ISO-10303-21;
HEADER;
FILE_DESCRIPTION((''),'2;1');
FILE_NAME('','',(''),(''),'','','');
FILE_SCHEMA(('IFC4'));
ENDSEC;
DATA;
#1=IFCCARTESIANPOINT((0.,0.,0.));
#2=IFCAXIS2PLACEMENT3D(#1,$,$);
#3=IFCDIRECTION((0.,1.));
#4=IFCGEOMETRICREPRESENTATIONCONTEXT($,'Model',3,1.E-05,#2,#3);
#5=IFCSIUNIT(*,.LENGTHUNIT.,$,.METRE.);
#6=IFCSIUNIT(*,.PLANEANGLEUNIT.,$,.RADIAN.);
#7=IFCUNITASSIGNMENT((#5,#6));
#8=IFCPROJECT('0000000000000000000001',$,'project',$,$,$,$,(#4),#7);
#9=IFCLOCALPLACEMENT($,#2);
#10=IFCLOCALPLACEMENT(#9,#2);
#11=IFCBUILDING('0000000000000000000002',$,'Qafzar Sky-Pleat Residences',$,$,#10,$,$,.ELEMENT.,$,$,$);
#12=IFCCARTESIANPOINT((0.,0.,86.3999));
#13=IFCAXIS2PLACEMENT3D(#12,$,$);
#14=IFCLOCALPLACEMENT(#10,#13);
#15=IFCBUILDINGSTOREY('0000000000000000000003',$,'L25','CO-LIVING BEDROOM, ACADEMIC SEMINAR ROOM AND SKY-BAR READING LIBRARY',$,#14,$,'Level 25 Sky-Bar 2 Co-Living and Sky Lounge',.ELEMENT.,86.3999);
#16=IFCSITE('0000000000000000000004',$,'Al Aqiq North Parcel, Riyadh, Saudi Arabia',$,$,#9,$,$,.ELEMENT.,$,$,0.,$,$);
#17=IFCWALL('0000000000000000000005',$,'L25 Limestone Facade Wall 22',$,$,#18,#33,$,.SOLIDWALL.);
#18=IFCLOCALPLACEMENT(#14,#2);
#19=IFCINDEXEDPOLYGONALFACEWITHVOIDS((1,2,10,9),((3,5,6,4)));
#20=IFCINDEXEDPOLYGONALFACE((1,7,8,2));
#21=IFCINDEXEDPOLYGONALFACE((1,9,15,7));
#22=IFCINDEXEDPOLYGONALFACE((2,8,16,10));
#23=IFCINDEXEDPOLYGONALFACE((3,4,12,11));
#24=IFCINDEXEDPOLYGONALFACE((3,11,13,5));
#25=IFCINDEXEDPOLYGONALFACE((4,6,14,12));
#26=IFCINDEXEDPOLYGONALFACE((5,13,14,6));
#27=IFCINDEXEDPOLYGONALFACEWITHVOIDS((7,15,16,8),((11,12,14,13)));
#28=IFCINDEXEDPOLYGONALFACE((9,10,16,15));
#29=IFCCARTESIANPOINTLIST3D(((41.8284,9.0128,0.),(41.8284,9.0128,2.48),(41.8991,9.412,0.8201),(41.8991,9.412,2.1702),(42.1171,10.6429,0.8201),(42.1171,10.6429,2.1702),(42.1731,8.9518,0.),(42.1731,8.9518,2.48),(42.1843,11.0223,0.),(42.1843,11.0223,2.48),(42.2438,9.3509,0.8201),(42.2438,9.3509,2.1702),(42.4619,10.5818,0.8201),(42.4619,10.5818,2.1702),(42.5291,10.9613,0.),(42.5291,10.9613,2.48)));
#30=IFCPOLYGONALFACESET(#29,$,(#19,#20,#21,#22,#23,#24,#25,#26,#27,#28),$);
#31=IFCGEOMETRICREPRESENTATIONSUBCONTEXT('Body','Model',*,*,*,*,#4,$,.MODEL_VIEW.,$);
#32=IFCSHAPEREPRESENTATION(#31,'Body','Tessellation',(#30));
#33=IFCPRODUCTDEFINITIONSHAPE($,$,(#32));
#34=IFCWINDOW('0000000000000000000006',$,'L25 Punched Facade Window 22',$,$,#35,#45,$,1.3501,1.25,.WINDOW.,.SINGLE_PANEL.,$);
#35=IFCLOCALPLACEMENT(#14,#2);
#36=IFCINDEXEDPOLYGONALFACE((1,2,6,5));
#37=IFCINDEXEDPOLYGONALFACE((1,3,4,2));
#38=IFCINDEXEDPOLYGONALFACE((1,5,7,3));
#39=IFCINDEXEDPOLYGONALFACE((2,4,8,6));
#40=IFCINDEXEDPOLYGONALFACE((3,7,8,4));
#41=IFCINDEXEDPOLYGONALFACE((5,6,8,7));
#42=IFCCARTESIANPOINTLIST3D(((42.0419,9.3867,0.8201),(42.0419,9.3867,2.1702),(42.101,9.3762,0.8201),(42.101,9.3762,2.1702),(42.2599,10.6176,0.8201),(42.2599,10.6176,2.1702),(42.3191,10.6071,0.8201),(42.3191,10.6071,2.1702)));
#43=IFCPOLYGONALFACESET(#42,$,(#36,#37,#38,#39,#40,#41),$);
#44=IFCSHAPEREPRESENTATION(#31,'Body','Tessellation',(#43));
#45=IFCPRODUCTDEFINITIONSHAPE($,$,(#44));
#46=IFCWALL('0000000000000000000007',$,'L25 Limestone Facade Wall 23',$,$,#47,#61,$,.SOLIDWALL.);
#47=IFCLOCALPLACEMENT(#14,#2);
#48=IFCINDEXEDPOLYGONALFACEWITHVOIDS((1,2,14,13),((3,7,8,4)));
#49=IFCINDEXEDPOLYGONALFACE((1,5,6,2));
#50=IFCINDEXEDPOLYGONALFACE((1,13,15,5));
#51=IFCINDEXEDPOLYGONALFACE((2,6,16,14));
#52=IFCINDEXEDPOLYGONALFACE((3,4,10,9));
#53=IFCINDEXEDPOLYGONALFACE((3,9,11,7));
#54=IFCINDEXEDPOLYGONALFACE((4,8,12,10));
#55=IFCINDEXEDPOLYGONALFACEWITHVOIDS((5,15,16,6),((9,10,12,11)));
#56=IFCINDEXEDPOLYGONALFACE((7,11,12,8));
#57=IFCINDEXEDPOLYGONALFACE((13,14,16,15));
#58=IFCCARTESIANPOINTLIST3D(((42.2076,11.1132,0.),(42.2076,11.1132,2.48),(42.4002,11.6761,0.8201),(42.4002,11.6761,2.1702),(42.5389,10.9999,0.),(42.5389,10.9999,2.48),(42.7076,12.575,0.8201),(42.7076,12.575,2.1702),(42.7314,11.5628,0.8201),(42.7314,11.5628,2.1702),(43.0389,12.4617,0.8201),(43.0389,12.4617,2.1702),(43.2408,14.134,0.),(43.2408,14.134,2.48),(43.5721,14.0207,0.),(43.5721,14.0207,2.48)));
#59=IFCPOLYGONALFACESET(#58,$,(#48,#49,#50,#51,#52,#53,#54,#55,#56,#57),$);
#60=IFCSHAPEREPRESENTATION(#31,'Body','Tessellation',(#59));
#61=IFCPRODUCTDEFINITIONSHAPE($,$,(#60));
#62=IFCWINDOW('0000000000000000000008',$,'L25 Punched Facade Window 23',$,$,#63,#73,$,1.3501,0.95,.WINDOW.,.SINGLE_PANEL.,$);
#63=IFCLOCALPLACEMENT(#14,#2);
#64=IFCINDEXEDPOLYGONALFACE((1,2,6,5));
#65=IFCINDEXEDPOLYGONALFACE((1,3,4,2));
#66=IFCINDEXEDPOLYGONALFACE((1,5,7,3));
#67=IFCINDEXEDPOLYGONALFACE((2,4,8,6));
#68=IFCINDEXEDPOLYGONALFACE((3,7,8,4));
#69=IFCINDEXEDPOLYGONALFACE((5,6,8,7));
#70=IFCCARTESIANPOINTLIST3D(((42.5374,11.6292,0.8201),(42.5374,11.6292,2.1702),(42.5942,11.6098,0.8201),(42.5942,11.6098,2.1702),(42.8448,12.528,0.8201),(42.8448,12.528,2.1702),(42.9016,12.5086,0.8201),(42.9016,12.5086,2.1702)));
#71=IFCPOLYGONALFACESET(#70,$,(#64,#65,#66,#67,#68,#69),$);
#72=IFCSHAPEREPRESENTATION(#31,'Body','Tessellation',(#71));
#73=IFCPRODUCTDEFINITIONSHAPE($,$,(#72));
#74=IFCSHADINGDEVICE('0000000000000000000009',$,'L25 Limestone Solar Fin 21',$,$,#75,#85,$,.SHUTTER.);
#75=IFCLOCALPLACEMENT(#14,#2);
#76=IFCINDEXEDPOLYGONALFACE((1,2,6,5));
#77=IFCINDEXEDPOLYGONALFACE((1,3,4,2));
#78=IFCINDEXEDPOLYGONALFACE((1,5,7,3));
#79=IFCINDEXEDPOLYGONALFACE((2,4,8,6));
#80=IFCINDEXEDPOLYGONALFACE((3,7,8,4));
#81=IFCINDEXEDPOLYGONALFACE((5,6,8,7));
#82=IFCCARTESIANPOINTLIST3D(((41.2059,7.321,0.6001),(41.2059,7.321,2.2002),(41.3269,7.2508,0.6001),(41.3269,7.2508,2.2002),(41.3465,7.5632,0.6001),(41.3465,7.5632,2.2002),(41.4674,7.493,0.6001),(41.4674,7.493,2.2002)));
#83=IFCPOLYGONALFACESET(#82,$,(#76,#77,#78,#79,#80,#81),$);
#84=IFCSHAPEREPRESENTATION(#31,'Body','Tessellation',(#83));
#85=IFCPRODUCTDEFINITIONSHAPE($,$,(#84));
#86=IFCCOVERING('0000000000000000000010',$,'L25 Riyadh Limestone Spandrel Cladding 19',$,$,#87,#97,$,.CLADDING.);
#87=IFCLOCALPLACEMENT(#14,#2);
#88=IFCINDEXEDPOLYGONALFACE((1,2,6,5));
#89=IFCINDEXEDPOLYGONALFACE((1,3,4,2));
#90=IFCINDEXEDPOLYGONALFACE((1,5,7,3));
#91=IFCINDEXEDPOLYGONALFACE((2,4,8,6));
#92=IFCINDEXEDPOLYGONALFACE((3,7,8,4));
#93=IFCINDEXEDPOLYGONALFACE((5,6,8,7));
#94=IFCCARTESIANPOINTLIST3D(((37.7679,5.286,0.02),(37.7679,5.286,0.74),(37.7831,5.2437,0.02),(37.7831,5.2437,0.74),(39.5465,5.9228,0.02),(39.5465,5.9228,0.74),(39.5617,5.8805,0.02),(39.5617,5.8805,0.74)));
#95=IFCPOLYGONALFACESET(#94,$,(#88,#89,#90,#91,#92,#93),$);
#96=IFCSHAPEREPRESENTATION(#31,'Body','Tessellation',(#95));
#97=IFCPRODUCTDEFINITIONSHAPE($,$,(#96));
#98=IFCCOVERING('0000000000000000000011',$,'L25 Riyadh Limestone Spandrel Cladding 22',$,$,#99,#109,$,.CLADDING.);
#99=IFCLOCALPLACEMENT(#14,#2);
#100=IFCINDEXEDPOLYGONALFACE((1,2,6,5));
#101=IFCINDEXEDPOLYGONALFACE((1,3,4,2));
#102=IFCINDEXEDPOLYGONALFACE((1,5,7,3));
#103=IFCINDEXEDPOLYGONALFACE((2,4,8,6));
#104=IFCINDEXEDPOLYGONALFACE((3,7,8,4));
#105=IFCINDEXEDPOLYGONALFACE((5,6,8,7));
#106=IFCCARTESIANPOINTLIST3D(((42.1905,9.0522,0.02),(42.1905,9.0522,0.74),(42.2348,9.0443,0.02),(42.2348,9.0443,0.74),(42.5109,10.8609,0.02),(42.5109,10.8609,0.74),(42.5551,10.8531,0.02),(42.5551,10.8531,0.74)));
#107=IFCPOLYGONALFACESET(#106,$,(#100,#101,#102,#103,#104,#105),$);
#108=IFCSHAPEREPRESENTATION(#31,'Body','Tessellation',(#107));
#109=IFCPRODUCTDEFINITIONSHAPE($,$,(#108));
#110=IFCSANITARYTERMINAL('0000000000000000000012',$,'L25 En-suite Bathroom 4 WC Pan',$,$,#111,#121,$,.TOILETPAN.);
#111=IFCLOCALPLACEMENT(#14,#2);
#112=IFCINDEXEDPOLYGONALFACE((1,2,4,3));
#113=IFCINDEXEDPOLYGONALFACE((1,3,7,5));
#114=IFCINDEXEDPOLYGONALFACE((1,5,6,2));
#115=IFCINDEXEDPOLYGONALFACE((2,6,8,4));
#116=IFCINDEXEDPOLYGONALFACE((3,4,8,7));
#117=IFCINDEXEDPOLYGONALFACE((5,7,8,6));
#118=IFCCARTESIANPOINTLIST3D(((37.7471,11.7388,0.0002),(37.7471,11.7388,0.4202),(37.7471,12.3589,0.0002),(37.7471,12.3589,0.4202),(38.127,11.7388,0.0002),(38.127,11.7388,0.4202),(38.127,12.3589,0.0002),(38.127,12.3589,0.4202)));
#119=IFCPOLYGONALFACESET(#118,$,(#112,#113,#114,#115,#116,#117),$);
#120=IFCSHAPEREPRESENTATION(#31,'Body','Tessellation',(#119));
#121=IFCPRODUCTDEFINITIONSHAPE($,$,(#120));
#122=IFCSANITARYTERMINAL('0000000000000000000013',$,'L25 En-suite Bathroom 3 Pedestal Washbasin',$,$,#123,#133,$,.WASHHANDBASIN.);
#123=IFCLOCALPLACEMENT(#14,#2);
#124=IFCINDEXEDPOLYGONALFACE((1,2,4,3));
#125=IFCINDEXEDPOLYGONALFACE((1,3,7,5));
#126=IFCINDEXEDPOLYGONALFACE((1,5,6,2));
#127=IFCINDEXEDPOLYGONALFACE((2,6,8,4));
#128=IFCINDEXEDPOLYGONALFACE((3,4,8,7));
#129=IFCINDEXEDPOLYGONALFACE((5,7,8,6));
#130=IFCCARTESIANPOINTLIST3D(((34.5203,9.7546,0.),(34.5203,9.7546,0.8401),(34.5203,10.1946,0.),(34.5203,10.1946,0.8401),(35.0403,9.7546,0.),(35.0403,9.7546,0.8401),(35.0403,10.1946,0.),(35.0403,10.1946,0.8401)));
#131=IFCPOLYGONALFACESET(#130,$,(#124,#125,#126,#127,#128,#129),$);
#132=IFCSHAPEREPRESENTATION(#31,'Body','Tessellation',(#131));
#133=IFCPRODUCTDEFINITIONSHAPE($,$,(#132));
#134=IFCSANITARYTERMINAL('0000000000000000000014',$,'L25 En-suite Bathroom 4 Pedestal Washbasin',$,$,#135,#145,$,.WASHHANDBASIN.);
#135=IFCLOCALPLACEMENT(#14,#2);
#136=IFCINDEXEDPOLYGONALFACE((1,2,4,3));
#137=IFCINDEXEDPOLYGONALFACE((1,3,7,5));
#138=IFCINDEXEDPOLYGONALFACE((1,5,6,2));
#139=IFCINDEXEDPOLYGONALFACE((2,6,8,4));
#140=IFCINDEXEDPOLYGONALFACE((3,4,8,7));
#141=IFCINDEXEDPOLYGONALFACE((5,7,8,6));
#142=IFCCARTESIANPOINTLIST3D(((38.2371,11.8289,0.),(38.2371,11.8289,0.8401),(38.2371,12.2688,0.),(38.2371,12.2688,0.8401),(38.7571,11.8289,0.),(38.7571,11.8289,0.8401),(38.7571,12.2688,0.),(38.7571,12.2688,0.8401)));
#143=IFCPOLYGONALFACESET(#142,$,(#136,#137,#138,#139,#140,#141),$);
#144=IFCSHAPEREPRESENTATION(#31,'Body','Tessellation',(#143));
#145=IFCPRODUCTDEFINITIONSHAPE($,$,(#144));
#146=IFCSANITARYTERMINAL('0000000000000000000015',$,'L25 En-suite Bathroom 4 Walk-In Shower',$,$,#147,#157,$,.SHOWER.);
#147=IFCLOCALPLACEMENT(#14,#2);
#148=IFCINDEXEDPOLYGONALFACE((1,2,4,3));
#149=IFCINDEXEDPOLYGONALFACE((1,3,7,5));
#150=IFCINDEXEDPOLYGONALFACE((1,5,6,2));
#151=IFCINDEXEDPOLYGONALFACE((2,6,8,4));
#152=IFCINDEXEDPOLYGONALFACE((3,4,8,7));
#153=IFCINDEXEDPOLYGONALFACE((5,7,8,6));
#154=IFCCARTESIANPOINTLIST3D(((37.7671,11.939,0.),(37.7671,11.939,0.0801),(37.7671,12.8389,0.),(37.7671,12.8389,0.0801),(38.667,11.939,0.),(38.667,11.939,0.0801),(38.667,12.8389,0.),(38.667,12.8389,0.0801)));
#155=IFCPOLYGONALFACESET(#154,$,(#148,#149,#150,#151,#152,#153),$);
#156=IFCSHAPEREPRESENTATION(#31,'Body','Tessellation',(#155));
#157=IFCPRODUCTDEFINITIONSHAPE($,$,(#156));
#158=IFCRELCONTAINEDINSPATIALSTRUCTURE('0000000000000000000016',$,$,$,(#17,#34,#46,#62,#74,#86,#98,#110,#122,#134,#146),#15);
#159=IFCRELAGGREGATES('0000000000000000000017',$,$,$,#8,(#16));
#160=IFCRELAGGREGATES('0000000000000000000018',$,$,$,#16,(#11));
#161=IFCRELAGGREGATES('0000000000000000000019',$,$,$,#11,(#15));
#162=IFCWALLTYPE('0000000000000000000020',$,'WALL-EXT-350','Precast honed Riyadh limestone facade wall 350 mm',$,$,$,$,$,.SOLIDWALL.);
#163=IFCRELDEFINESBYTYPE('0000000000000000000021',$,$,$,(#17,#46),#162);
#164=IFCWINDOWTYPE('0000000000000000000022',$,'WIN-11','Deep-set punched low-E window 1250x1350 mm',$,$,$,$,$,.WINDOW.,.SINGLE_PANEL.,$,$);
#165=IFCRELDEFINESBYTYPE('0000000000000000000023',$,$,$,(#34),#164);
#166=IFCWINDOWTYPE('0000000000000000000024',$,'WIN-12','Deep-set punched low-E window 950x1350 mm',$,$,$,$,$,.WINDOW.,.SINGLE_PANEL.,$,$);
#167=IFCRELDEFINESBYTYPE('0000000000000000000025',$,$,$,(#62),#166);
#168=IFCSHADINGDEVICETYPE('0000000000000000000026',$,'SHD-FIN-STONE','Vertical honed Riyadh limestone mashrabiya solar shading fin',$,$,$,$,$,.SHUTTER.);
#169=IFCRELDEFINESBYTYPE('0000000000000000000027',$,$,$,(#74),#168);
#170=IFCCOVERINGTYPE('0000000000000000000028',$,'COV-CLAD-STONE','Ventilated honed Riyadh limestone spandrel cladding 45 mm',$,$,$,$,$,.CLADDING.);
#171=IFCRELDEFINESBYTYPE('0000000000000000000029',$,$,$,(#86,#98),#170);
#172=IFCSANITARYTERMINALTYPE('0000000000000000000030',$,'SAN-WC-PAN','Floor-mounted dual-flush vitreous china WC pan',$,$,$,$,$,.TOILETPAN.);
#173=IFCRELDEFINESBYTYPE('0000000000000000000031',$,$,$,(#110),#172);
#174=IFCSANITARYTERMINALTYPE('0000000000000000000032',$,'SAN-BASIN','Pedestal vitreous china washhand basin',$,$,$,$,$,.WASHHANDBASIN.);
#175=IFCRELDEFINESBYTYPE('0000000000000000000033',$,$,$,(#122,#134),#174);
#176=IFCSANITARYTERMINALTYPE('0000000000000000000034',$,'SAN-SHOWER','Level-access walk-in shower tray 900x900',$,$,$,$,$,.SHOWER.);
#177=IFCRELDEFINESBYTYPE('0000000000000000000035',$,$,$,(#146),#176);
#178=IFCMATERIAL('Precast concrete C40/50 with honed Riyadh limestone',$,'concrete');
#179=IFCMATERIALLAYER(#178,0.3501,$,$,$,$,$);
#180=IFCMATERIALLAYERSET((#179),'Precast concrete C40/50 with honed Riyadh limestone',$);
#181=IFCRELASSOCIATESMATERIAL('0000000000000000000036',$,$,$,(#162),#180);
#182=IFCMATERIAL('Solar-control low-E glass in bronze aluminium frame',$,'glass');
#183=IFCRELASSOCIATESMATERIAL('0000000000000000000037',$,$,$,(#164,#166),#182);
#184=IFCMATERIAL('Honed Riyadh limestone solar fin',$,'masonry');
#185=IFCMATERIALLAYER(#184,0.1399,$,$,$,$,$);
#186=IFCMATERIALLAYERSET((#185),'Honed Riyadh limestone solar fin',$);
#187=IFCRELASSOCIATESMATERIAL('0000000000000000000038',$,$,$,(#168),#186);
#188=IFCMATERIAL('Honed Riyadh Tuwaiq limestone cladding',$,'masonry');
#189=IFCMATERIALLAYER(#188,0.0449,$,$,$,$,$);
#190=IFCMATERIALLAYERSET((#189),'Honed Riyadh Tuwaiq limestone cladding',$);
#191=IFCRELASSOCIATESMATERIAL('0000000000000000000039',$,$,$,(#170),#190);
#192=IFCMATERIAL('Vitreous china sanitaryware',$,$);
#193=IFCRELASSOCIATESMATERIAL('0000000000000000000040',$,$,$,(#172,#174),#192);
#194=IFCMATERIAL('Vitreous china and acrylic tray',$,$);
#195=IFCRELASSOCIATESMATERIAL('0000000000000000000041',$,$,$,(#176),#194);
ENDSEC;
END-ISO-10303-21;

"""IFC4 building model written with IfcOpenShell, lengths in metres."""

from ifc_helpers import new_model, si_unit, direction, frame, frame_2d, origin, origin_2d, place, context, subcontext, project, spatial, rectangle, extrude, source, transform, mapped, material, layer, layer_set, type_object, element, fill, save


model = new_model("IFC4")

# Units and contexts
model_context = context("Model", 3, precision=1e-05, world=origin(), true_north=direction((0.0, 1.0)))
body_context = subcontext(model_context, "Body", "Model", "MODEL_VIEW")
ifc_project = project(units=[si_unit("LENGTHUNIT", "METRE"), si_unit("PLANEANGLEUNIT", "RADIAN")], contexts=[model_context])

# Site, building, storey
site_placement = place(None, origin())
site = spatial("IfcSite", under=ifc_project, at=site_placement, Name="Al Aqiq North Parcel, Riyadh, Saudi Arabia", CompositionType="ELEMENT", RefElevation=0.0)
building_placement = place(site_placement, origin())
building = spatial("IfcBuilding", under=site, at=building_placement, Name="Qafzar Sky-Pleat Residences", CompositionType="ELEMENT")
storey_placement = place(building_placement, frame((0.0, 0.0, 86.3999)))
storey = spatial("IfcBuildingStorey", under=building, at=storey_placement, Name="L25", Description="CO-LIVING BEDROOM, ACADEMIC SEMINAR ROOM AND SKY-BAR READING LIBRARY", LongName="Level 25 Sky-Bar 2 Co-Living and Sky Lounge", CompositionType="ELEMENT", Elevation=86.3999)

# Walls, openings, windows
ifc_material_1 = material(Name="Precast concrete C40/50 with honed Riyadh limestone", Category="concrete")
ifc_layer_1 = layer(ifc_material_1, 0.3501)
ifc_layer_set_1 = layer_set([ifc_layer_1], Name="Precast concrete C40/50 with honed Riyadh limestone")
wall_type_1 = type_object("IfcWallType", Name="WALL-EXT-350", Description="Precast honed Riyadh limestone facade wall 350 mm", PredefinedType="SOLIDWALL", material=ifc_layer_set_1)
ifc_material_2 = material(Name="Solar-control low-E glass in bronze aluminium frame", Category="glass")
window_type_1 = type_object("IfcWindowType", Name="WIN-11", Description="Deep-set punched low-E window 1250x1350 mm", PartitioningType="SINGLE_PANEL", PredefinedType="WINDOW", material=ifc_material_2)
shared_shape_1 = source(origin(), body_context, "Body", "SweptSolid", [
    extrude(rectangle(XDim=1.25, YDim=1.3501, at=frame_2d((0.625, 0.675))), frame((0.0, 0.03, 0.0), z_axis=(0.0, -1.0, 0.0), x_axis=(1.0, 0.0, 0.0)), (0.0, 0.0, 1.0), 0.0601),
])
wall_1_placement = place(storey_placement, frame((42.0007, 8.9822, 0.0), z_axis=(0.0, 0.0, 1.0), x_axis=(0.17442, 0.984671, 0.0)))
wall_1 = element("IfcWall", 1, at=wall_1_placement, inside=storey, type_object=wall_type_1, Name="L25 Limestone Facade Wall 22", PredefinedType="SOLIDWALL", context=body_context, shape_type="SweptSolid", body=[
    extrude(rectangle(XDim=2.0408, YDim=0.3501, at=frame_2d((1.0205, 0.0))), origin(), (0.0, 0.0, 1.0), 2.48),
])
opening_1_placement = place(wall_1_placement, frame((0.4055, 0.0, 0.8201)))
opening_1 = element("IfcOpeningElement", 2, at=opening_1_placement, cuts=wall_1, PredefinedType="OPENING", context=body_context, shape_type="SweptSolid", body=[
    extrude(rectangle(XDim=1.25, YDim=1.3501, at=frame_2d((0.625, 0.675))), frame((0.0, 0.1851, 0.0), z_axis=(0.0, -1.0, 0.0), x_axis=(1.0, 0.0, 0.0)), (0.0, 0.0, 1.0), 0.3701),
])
window_1_placement = place(opening_1_placement, origin())
window_1 = element("IfcWindow", 3, at=window_1_placement, inside=storey, type_object=window_type_1, Name="L25 Punched Facade Window 22", OverallHeight=1.3501, OverallWidth=1.25, PartitioningType="SINGLE_PANEL", PredefinedType="WINDOW", context=body_context, shape_type="MappedRepresentation", body=[
    mapped(shared_shape_1, transform((0.0, 0.0, 0.0), x_axis=(1.0, 0.0, 0.0), y_axis=(0.0, 1.0, 0.0), z_axis=(0.0, 0.0, 1.0), scale=1.0)),
])
fill(opening_1, window_1)
wall_2_placement = place(storey_placement, frame((42.3733, 11.0566, 0.0), z_axis=(0.0, 0.0, 1.0), x_axis=(0.323628, 0.946184, 0.0)))
wall_2 = element("IfcWall", 4, at=wall_2_placement, inside=storey, type_object=wall_type_1, Name="L25 Limestone Facade Wall 23", PredefinedType="SOLIDWALL", context=body_context, shape_type="SweptSolid", body=[
    extrude(rectangle(XDim=3.1926, YDim=0.3501, at=frame_2d((1.5962, 0.0))), origin(), (0.0, 0.0, 1.0), 2.48),
])
opening_2_placement = place(wall_2_placement, frame((0.5947, 0.0, 0.8201)))
opening_2 = element("IfcOpeningElement", 5, at=opening_2_placement, cuts=wall_2, PredefinedType="OPENING", context=body_context, shape_type="SweptSolid", body=[
    extrude(rectangle(XDim=0.95, YDim=1.3501, at=frame_2d((0.4751, 0.675))), frame((0.0, 0.1851, 0.0), z_axis=(0.0, -1.0, 0.0), x_axis=(1.0, 0.0, 0.0)), (0.0, 0.0, 1.0), 0.3701),
])
window_type_2 = type_object("IfcWindowType", Name="WIN-12", Description="Deep-set punched low-E window 950x1350 mm", PartitioningType="SINGLE_PANEL", PredefinedType="WINDOW", material=ifc_material_2)
shared_shape_2 = source(origin(), body_context, "Body", "SweptSolid", [
    extrude(rectangle(XDim=0.95, YDim=1.3501, at=frame_2d((0.4751, 0.675))), frame((0.0, 0.03, 0.0), z_axis=(0.0, -1.0, 0.0), x_axis=(1.0, 0.0, 0.0)), (0.0, 0.0, 1.0), 0.0601),
])
window_2_placement = place(opening_2_placement, origin())
window_2 = element("IfcWindow", 6, at=window_2_placement, inside=storey, type_object=window_type_2, Name="L25 Punched Facade Window 23", OverallHeight=1.3501, OverallWidth=0.95, PartitioningType="SINGLE_PANEL", PredefinedType="WINDOW", context=body_context, shape_type="MappedRepresentation", body=[
    mapped(shared_shape_2, transform((0.0, 0.0, 0.0), x_axis=(1.0, 0.0, 0.0), y_axis=(0.0, 1.0, 0.0), z_axis=(0.0, 0.0, 1.0), scale=1.0)),
])
fill(opening_2, window_2)

# Shading device
ifc_material_3 = material(Name="Honed Riyadh limestone solar fin", Category="masonry")
ifc_layer_2 = layer(ifc_material_3, 0.1399)
ifc_layer_set_2 = layer_set([ifc_layer_2], Name="Honed Riyadh limestone solar fin")
shading_device_type = type_object("IfcShadingDeviceType", Name="SHD-FIN-STONE", Description="Vertical honed Riyadh limestone mashrabiya solar shading fin", PredefinedType="SHUTTER", material=ifc_layer_set_2)
shared_shape_3 = source(origin(), body_context, "Body", "SweptSolid", [
    extrude(rectangle(XDim=0.1399, YDim=0.28, at=origin_2d()), origin(), (0.0, 0.0, 1.0), 1.6001),
])
shading_device_placement = place(storey_placement, frame((41.3367, 7.407, 0.6001), z_axis=(0.0, 0.0, 1.0), x_axis=(0.864908, -0.50193, 0.0)))
element("IfcShadingDevice", 7, at=shading_device_placement, inside=storey, type_object=shading_device_type, Name="L25 Limestone Solar Fin 21", PredefinedType="SHUTTER", context=body_context, shape_type="MappedRepresentation", body=[
    mapped(shared_shape_3, transform((0.0, 0.0, 0.0), x_axis=(1.0, 0.0, 0.0), y_axis=(0.0, 1.0, 0.0), z_axis=(0.0, 0.0, 1.0), scale=1.0)),
])

# Coverings
ifc_material_4 = material(Name="Honed Riyadh Tuwaiq limestone cladding", Category="masonry")
ifc_layer_3 = layer(ifc_material_4, 0.0449)
ifc_layer_set_3 = layer_set([ifc_layer_3], Name="Honed Riyadh Tuwaiq limestone cladding")
covering_type = type_object("IfcCoveringType", Name="COV-CLAD-STONE", Description="Ventilated honed Riyadh limestone spandrel cladding 45 mm", PredefinedType="CLADDING", material=ifc_layer_set_3)
shared_shape_4 = source(origin(), body_context, "Body", "SweptSolid", [
    extrude(rectangle(XDim=1.8892, YDim=0.0449, at=origin_2d()), origin(), (0.0, 0.0, 1.0), 0.72),
])
covering_1_placement = place(storey_placement, frame((38.6648, 5.5833, 0.02), z_axis=(0.0, 0.0, 1.0), x_axis=(0.941468, 0.337103, 0.0)))
element("IfcCovering", 8, at=covering_1_placement, inside=storey, type_object=covering_type, Name="L25 Riyadh Limestone Spandrel Cladding 19", PredefinedType="CLADDING", context=body_context, shape_type="MappedRepresentation", body=[
    mapped(shared_shape_4, transform((0.0, 0.0, 0.0), x_axis=(1.0, 0.0, 0.0), y_axis=(0.0, 1.0, 0.0), z_axis=(0.0, 0.0, 1.0), scale=1.0)),
])
shared_shape_5 = source(origin(), body_context, "Body", "SweptSolid", [
    extrude(rectangle(XDim=1.8369, YDim=0.0449, at=origin_2d()), origin(), (0.0, 0.0, 1.0), 0.72),
])
covering_2_placement = place(storey_placement, frame((42.3728, 9.9526, 0.02), z_axis=(0.0, 0.0, 1.0), x_axis=(0.174386, 0.984677, 0.0)))
element("IfcCovering", 9, at=covering_2_placement, inside=storey, type_object=covering_type, Name="L25 Riyadh Limestone Spandrel Cladding 22", PredefinedType="CLADDING", context=body_context, shape_type="MappedRepresentation", body=[
    mapped(shared_shape_5, transform((0.0, 0.0, 0.0), x_axis=(1.0, 0.0, 0.0), y_axis=(0.0, 1.0, 0.0), z_axis=(0.0, 0.0, 1.0), scale=1.0)),
])

# Sanitary terminals
ifc_material_5 = material(Name="Vitreous china sanitaryware")
sanitary_terminal_type_1 = type_object("IfcSanitaryTerminalType", Name="SAN-WC-PAN", Description="Floor-mounted dual-flush vitreous china WC pan", PredefinedType="TOILETPAN", material=ifc_material_5)
shared_shape_6 = source(origin(), body_context, "Body", "SweptSolid", [
    extrude(rectangle(XDim=0.3799, YDim=0.6201, at=origin_2d()), origin(), (0.0, 0.0, 1.0), 0.4199),
])
sanitary_terminal_1_placement = place(storey_placement, frame((37.937, 12.0488, 0.0002), z_axis=(0.0, 0.0, 1.0), x_axis=(1.0, 0.0, 0.0)))
element("IfcSanitaryTerminal", 10, at=sanitary_terminal_1_placement, inside=storey, type_object=sanitary_terminal_type_1, Name="L25 En-suite Bathroom 4 WC Pan", PredefinedType="TOILETPAN", context=body_context, shape_type="MappedRepresentation", body=[
    mapped(shared_shape_6, transform((0.0, 0.0, 0.0), x_axis=(1.0, 0.0, 0.0), y_axis=(0.0, 1.0, 0.0), z_axis=(0.0, 0.0, 1.0), scale=1.0)),
])
sanitary_terminal_type_2 = type_object("IfcSanitaryTerminalType", Name="SAN-BASIN", Description="Pedestal vitreous china washhand basin", PredefinedType="WASHHANDBASIN", material=ifc_material_5)
shared_shape_7 = source(origin(), body_context, "Body", "SweptSolid", [
    extrude(rectangle(XDim=0.52, YDim=0.4399, at=origin_2d()), origin(), (0.0, 0.0, 1.0), 0.8401),
])
for number, where, z_axis, x_axis, name in (
    (11, (34.7803, 9.9746, 0.0), (0.0, 0.0, 1.0), (1.0, 0.0, 0.0), "L25 En-suite Bathroom 3 Pedestal Washbasin"),
    (12, (38.4971, 12.0488, 0.0), (0.0, 0.0, 1.0), (1.0, 0.0, 0.0), "L25 En-suite Bathroom 4 Pedestal Washbasin"),
):
    element("IfcSanitaryTerminal", number, at=place(storey_placement, frame(where, z_axis=z_axis, x_axis=x_axis)), inside=storey, type_object=sanitary_terminal_type_2, Name=name, PredefinedType="WASHHANDBASIN", context=body_context, shape_type="MappedRepresentation", body=[
        mapped(shared_shape_7, transform((0.0, 0.0, 0.0), x_axis=(1.0, 0.0, 0.0), y_axis=(0.0, 1.0, 0.0), z_axis=(0.0, 0.0, 1.0), scale=1.0)),
    ])
ifc_material_6 = material(Name="Vitreous china and acrylic tray")
sanitary_terminal_type_3 = type_object("IfcSanitaryTerminalType", Name="SAN-SHOWER", Description="Level-access walk-in shower tray 900x900", PredefinedType="SHOWER", material=ifc_material_6)
shared_shape_8 = source(origin(), body_context, "Body", "SweptSolid", [
    extrude(rectangle(XDim=0.8999, YDim=0.8999, at=origin_2d()), origin(), (0.0, 0.0, 1.0), 0.0801),
])
sanitary_terminal_2_placement = place(storey_placement, frame((38.217, 12.3889, 0.0), z_axis=(0.0, 0.0, 1.0), x_axis=(1.0, 0.0, 0.0)))
element("IfcSanitaryTerminal", 13, at=sanitary_terminal_2_placement, inside=storey, type_object=sanitary_terminal_type_3, Name="L25 En-suite Bathroom 4 Walk-In Shower", PredefinedType="SHOWER", context=body_context, shape_type="MappedRepresentation", body=[
    mapped(shared_shape_8, transform((0.0, 0.0, 0.0), x_axis=(1.0, 0.0, 0.0), y_axis=(0.0, 1.0, 0.0), z_axis=(0.0, 0.0, 1.0), scale=1.0)),
])

save(model, "model.ifc")
